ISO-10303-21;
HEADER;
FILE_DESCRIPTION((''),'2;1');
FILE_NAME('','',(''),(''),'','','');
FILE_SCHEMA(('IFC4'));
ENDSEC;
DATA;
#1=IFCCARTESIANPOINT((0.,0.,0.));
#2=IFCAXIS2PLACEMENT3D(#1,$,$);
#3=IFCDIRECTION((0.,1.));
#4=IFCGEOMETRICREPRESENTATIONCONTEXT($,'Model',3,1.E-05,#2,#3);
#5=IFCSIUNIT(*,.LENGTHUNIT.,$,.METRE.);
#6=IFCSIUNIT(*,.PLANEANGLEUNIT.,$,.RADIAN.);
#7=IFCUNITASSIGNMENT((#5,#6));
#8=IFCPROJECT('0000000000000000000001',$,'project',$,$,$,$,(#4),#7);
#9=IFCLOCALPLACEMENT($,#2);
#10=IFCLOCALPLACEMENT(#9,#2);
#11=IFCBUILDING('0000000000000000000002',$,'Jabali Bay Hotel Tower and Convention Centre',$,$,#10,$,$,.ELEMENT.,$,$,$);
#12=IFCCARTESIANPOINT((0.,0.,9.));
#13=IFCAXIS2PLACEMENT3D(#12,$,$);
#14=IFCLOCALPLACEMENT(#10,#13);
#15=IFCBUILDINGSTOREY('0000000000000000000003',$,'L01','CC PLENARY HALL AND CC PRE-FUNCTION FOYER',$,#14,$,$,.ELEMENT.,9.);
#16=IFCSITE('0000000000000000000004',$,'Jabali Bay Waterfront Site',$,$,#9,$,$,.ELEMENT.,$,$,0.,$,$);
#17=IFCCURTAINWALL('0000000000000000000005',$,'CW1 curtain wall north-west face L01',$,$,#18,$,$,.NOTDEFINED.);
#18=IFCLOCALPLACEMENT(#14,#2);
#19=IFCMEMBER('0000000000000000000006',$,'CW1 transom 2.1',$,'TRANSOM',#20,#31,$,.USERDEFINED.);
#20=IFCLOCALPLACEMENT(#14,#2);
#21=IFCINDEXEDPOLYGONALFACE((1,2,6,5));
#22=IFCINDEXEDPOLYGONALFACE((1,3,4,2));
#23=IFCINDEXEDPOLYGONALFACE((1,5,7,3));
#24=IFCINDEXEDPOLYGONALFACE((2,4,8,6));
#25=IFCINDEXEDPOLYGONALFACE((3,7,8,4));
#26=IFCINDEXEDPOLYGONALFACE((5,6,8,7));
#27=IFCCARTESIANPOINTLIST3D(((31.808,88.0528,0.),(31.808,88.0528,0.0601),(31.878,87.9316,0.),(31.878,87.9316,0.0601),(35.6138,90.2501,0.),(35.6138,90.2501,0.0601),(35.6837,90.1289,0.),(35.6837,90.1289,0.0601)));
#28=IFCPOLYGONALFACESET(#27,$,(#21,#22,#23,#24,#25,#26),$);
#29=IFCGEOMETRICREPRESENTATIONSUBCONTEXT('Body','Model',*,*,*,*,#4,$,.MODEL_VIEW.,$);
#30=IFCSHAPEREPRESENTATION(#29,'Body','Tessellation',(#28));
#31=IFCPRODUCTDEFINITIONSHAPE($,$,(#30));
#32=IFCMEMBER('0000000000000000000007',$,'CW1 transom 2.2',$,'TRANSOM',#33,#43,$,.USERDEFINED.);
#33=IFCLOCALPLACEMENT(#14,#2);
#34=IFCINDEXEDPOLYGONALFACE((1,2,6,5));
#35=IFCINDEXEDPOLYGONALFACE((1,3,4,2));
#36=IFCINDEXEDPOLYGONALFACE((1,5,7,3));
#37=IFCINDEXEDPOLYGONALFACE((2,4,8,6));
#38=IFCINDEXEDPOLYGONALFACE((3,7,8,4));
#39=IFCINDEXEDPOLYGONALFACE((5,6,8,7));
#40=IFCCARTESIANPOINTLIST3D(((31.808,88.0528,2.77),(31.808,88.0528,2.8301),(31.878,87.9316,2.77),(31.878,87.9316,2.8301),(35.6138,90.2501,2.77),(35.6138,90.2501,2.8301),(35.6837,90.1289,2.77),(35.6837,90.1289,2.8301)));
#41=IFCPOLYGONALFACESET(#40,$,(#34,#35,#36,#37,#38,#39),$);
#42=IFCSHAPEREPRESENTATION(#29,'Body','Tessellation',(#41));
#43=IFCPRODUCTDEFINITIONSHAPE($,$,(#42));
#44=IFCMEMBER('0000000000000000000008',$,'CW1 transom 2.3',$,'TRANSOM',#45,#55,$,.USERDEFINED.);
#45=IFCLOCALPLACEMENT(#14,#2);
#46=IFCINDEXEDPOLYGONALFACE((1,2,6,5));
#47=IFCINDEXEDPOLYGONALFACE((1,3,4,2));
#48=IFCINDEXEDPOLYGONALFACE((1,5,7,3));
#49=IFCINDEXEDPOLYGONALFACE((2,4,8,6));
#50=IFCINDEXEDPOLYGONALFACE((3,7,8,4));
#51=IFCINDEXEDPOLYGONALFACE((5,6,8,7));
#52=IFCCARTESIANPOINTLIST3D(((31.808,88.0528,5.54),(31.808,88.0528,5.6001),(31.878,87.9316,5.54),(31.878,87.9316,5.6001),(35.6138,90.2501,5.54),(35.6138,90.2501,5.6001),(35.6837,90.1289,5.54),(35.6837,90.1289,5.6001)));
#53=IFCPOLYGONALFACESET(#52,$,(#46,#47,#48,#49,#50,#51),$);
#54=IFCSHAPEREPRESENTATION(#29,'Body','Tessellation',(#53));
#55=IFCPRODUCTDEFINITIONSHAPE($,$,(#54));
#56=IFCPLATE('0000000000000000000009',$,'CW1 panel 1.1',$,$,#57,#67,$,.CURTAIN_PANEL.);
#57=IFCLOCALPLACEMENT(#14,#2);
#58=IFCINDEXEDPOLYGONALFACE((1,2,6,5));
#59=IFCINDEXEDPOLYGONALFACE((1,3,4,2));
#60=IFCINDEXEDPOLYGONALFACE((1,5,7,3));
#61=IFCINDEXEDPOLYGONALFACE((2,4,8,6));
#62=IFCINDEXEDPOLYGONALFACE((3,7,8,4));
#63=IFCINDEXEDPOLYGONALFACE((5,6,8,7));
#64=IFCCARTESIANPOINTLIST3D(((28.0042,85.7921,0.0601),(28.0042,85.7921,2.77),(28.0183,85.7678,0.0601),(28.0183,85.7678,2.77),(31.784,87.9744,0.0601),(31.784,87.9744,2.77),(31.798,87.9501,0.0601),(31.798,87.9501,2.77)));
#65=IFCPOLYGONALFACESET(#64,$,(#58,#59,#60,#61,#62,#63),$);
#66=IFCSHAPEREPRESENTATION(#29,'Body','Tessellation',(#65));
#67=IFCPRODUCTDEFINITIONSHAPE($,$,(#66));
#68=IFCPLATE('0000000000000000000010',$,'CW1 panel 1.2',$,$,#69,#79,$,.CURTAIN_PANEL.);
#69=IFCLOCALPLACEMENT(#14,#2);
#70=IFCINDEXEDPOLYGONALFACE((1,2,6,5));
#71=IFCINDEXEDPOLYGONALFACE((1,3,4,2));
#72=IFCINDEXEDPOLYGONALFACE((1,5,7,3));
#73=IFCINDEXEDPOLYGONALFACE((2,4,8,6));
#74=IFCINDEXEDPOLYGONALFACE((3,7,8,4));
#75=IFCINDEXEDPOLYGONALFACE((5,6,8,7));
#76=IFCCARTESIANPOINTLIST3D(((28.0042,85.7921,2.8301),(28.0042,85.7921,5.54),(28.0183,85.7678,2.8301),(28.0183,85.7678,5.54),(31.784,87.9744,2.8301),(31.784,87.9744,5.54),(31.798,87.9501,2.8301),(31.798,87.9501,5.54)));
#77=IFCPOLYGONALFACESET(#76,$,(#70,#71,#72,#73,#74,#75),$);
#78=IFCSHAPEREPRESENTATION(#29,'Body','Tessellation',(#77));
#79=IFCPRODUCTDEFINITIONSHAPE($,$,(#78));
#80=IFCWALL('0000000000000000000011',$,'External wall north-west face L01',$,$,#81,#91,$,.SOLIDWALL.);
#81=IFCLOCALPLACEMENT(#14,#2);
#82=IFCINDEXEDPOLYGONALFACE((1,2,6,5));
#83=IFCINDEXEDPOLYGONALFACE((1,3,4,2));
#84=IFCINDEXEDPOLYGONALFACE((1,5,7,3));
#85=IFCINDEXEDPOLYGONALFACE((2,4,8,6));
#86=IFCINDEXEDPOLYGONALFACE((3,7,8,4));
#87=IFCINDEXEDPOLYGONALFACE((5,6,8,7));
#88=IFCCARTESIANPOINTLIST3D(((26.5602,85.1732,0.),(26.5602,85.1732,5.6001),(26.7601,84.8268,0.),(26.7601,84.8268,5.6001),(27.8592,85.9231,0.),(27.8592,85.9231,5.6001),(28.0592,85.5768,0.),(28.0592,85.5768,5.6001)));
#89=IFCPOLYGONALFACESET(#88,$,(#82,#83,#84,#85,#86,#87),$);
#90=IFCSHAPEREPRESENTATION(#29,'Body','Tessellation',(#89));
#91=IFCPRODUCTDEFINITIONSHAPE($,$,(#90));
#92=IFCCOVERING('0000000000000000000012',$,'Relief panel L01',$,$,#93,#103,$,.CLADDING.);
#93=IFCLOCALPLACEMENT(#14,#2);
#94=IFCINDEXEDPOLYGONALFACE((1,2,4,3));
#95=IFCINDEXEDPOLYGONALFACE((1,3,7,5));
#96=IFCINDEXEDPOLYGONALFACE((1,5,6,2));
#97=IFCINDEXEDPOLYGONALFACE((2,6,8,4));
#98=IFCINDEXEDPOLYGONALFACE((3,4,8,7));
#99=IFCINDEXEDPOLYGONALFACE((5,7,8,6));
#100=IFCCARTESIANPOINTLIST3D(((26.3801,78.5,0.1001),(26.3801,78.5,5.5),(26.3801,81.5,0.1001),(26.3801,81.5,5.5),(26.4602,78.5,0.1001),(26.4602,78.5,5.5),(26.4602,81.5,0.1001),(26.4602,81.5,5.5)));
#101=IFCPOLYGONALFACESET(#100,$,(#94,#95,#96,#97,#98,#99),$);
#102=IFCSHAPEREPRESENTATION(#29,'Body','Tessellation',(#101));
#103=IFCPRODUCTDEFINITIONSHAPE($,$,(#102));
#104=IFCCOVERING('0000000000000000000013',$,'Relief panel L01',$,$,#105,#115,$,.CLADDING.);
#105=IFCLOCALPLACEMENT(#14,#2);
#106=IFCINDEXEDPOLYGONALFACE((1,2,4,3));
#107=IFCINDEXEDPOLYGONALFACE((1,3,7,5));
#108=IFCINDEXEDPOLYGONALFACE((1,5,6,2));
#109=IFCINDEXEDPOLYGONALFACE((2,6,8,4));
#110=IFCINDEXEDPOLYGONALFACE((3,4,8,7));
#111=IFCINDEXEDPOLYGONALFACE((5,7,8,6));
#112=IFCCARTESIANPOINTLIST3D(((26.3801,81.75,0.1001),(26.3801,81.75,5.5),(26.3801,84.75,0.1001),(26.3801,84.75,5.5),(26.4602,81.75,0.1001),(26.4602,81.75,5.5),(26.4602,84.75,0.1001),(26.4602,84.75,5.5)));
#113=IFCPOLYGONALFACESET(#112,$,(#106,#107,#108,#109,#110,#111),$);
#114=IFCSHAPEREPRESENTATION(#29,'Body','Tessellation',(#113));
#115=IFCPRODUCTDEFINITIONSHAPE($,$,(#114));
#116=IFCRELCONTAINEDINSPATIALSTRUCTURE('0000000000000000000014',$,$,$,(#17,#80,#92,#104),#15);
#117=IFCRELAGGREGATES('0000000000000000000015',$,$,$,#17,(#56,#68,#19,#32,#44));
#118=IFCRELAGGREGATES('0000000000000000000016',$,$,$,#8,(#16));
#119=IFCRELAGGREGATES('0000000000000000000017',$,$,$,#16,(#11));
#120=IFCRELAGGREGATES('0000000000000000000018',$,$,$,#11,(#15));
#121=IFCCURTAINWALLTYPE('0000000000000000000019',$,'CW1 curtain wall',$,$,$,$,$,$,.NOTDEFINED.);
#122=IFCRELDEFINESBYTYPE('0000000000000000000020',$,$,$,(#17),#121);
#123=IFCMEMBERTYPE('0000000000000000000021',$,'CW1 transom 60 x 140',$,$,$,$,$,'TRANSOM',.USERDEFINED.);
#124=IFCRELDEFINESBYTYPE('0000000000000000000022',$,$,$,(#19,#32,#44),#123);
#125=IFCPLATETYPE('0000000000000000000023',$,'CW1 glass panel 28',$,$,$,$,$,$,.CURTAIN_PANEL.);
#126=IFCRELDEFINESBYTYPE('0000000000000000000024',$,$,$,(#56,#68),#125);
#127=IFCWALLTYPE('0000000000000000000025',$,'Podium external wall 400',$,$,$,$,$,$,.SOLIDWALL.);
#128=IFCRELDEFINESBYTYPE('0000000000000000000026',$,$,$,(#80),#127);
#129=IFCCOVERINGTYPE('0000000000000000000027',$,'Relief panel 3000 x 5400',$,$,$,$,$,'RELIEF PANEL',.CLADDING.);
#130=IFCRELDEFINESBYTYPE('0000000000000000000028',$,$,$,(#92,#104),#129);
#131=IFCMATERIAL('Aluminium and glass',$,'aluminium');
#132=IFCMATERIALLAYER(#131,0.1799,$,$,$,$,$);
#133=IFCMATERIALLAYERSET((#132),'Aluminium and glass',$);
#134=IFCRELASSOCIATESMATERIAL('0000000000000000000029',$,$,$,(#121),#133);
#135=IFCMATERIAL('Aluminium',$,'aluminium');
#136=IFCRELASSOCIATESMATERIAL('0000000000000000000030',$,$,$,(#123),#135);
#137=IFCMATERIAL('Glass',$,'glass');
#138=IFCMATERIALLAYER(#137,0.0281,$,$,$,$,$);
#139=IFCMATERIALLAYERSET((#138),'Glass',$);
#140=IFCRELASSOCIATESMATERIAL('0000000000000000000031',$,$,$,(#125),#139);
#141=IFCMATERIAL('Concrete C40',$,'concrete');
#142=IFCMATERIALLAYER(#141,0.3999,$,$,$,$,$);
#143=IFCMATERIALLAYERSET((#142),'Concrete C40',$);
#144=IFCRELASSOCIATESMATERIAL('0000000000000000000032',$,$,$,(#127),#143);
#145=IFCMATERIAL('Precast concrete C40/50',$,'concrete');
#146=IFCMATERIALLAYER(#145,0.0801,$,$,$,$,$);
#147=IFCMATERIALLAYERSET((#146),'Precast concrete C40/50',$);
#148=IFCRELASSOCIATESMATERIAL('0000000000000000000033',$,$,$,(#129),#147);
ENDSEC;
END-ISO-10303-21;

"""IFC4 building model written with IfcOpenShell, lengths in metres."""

from ifc_helpers import new_model, si_unit, direction, frame, frame_2d, origin, origin_2d, place, context, subcontext, project, spatial, rectangle, extrude, material, layer, layer_set, material_profile, profile_set, type_object, element, aggregate, save


model = new_model("IFC4")

# Units and contexts
model_context = context("Model", 3, precision=1e-05, world=origin(), true_north=direction((0.0, 1.0)))
body_context = subcontext(model_context, "Body", "Model", "MODEL_VIEW")
ifc_project = project(units=[si_unit("LENGTHUNIT", "METRE"), si_unit("PLANEANGLEUNIT", "RADIAN")], contexts=[model_context])

# Site, building, storey
site_placement = place(None, origin())
site = spatial("IfcSite", under=ifc_project, at=site_placement, Name="Jabali Bay Waterfront Site", CompositionType="ELEMENT", RefElevation=0.0)
building_placement = place(site_placement, origin())
building = spatial("IfcBuilding", under=site, at=building_placement, Name="Jabali Bay Hotel Tower and Convention Centre", CompositionType="ELEMENT")
storey_placement = place(building_placement, frame((0.0, 0.0, 9.0)))
storey = spatial("IfcBuildingStorey", under=building, at=storey_placement, Name="L01", Description="CC PLENARY HALL AND CC PRE-FUNCTION FOYER", CompositionType="ELEMENT", Elevation=9.0)

# Shared definitions
ifc_material_1 = material(Name="Concrete C40", Category="concrete")

# Curtain wall, members, plates
ifc_material_2 = material(Name="Aluminium and glass", Category="aluminium")
ifc_layer_1 = layer(ifc_material_2, 0.1799)
ifc_layer_set_1 = layer_set([ifc_layer_1], Name="Aluminium and glass")
curtain_wall_type = type_object("IfcCurtainWallType", Name="CW1 curtain wall", PredefinedType="NOTDEFINED", material=ifc_layer_set_1)
curtain_wall_placement = place(storey_placement, origin())
curtain_wall = element("IfcCurtainWall", 1, at=curtain_wall_placement, inside=storey, type_object=curtain_wall_type, Name="CW1 curtain wall north-west face L01", PredefinedType="NOTDEFINED")
ifc_material_3 = material(Name="Aluminium", Category="aluminium")
ifc_material_profile_1 = material_profile(ifc_material_3, rectangle(XDim=0.1399, YDim=0.0601, at=origin_2d()), Name="CW1 transom 60 x 140")
ifc_profile_set_1 = profile_set([ifc_material_profile_1], Name="Aluminium")
member_type_1 = type_object("IfcMemberType", Name="CW1 transom 60 x 140", ElementType="TRANSOM", PredefinedType="USERDEFINED", material=ifc_profile_set_1)
member_1_placement = place(storey_placement, frame((31.843, 87.9922, 0.03), z_axis=(0.866019, 0.500011, 0.0), x_axis=(-0.500011, 0.866019, 0.0)))
member_1 = element("IfcMember", 2, at=member_1_placement, type_object=member_type_1, Name="CW1 transom 2.1", ObjectType="TRANSOM", PredefinedType="USERDEFINED", context=body_context, shape_type="SweptSolid", body=[
    extrude(rectangle(XDim=0.1399, YDim=0.0601, at=origin_2d()), origin(), (0.0, 0.0, 1.0), 4.3945),
])
member_2_placement = place(storey_placement, frame((31.843, 87.9922, 2.8), z_axis=(0.866019, 0.500011, 0.0), x_axis=(-0.500011, 0.866019, 0.0)))
member_2 = element("IfcMember", 3, at=member_2_placement, type_object=member_type_1, Name="CW1 transom 2.2", ObjectType="TRANSOM", PredefinedType="USERDEFINED", context=body_context, shape_type="SweptSolid", body=[
    extrude(rectangle(XDim=0.1399, YDim=0.0601, at=origin_2d()), origin(), (0.0, 0.0, 1.0), 4.3945),
])
member_3_placement = place(storey_placement, frame((31.843, 87.9922, 5.5701), z_axis=(0.866019, 0.500011, 0.0), x_axis=(-0.500011, 0.866019, 0.0)))
member_3 = element("IfcMember", 4, at=member_3_placement, type_object=member_type_1, Name="CW1 transom 2.3", ObjectType="TRANSOM", PredefinedType="USERDEFINED", context=body_context, shape_type="SweptSolid", body=[
    extrude(rectangle(XDim=0.1399, YDim=0.0601, at=origin_2d()), origin(), (0.0, 0.0, 1.0), 4.3945),
])
ifc_material_4 = material(Name="Glass", Category="glass")
ifc_layer_2 = layer(ifc_material_4, 0.0281)
ifc_layer_set_2 = layer_set([ifc_layer_2], Name="Glass")
plate_type = type_object("IfcPlateType", Name="CW1 glass panel 28", PredefinedType="CURTAIN_PANEL", material=ifc_layer_set_2)
plate_1_placement = place(storey_placement, frame((29.9011, 86.8711, 0.0601), z_axis=(0.0, 0.0, 1.0), x_axis=(0.866025, 0.5, 0.0)))
plate_1 = element("IfcPlate", 5, at=plate_1_placement, type_object=plate_type, Name="CW1 panel 1.1", PredefinedType="CURTAIN_PANEL", context=body_context, shape_type="SweptSolid", body=[
    extrude(rectangle(XDim=4.3645, YDim=0.0281, at=origin_2d()), origin(), (0.0, 0.0, 1.0), 2.71),
])
plate_2_placement = place(storey_placement, frame((29.9011, 86.8711, 2.8301), z_axis=(0.0, 0.0, 1.0), x_axis=(0.866025, 0.5, 0.0)))
plate_2 = element("IfcPlate", 6, at=plate_2_placement, type_object=plate_type, Name="CW1 panel 1.2", PredefinedType="CURTAIN_PANEL", context=body_context, shape_type="SweptSolid", body=[
    extrude(rectangle(XDim=4.3645, YDim=0.0281, at=origin_2d()), origin(), (0.0, 0.0, 1.0), 2.71),
])
aggregate(curtain_wall, [plate_1, plate_2, member_1, member_2, member_3])

# Wall
ifc_layer_3 = layer(ifc_material_1, 0.3999)
ifc_layer_set_3 = layer_set([ifc_layer_3], Name="Concrete C40")
wall_type = type_object("IfcWallType", Name="Podium external wall 400", PredefinedType="SOLIDWALL", material=ifc_layer_set_3)
wall_placement = place(storey_placement, frame((26.6602, 85.0, 0.0), z_axis=(0.0, 0.0, 1.0), x_axis=(0.866031, 0.49999, 0.0)))
element("IfcWall", 7, at=wall_placement, inside=storey, type_object=wall_type, Name="External wall north-west face L01", PredefinedType="SOLIDWALL", context=body_context, shape_type="SweptSolid", body=[
    extrude(rectangle(XDim=1.5, YDim=0.3999, at=frame_2d((0.75, 0.0))), origin(), (0.0, 0.0, 1.0), 5.6001),
])

# Coverings
ifc_material_5 = material(Name="Precast concrete C40/50", Category="concrete")
ifc_layer_4 = layer(ifc_material_5, 0.0801)
ifc_layer_set_4 = layer_set([ifc_layer_4], Name="Precast concrete C40/50")
covering_type = type_object("IfcCoveringType", Name="Relief panel 3000 x 5400", ElementType="RELIEF PANEL", PredefinedType="CLADDING", material=ifc_layer_set_4)
for number, where, z_axis, x_axis, name in (
    (8, (26.4202, 80.0, 0.1001), (0.0, 0.0, 1.0), (0.0, 1.0, 0.0), "Relief panel L01"),
    (9, (26.4202, 83.25, 0.1001), (0.0, 0.0, 1.0), (0.0, 1.0, 0.0), "Relief panel L01"),
):
    element("IfcCovering", number, at=place(storey_placement, frame(where, z_axis=z_axis, x_axis=x_axis)), inside=storey, type_object=covering_type, Name=name, PredefinedType="CLADDING", context=body_context, shape_type="SweptSolid", body=[
        extrude(rectangle(XDim=3.0, YDim=0.0801, at=origin_2d()), origin(), (0.0, 0.0, 1.0), 5.3999),
    ])

save(model, "model.ifc")
